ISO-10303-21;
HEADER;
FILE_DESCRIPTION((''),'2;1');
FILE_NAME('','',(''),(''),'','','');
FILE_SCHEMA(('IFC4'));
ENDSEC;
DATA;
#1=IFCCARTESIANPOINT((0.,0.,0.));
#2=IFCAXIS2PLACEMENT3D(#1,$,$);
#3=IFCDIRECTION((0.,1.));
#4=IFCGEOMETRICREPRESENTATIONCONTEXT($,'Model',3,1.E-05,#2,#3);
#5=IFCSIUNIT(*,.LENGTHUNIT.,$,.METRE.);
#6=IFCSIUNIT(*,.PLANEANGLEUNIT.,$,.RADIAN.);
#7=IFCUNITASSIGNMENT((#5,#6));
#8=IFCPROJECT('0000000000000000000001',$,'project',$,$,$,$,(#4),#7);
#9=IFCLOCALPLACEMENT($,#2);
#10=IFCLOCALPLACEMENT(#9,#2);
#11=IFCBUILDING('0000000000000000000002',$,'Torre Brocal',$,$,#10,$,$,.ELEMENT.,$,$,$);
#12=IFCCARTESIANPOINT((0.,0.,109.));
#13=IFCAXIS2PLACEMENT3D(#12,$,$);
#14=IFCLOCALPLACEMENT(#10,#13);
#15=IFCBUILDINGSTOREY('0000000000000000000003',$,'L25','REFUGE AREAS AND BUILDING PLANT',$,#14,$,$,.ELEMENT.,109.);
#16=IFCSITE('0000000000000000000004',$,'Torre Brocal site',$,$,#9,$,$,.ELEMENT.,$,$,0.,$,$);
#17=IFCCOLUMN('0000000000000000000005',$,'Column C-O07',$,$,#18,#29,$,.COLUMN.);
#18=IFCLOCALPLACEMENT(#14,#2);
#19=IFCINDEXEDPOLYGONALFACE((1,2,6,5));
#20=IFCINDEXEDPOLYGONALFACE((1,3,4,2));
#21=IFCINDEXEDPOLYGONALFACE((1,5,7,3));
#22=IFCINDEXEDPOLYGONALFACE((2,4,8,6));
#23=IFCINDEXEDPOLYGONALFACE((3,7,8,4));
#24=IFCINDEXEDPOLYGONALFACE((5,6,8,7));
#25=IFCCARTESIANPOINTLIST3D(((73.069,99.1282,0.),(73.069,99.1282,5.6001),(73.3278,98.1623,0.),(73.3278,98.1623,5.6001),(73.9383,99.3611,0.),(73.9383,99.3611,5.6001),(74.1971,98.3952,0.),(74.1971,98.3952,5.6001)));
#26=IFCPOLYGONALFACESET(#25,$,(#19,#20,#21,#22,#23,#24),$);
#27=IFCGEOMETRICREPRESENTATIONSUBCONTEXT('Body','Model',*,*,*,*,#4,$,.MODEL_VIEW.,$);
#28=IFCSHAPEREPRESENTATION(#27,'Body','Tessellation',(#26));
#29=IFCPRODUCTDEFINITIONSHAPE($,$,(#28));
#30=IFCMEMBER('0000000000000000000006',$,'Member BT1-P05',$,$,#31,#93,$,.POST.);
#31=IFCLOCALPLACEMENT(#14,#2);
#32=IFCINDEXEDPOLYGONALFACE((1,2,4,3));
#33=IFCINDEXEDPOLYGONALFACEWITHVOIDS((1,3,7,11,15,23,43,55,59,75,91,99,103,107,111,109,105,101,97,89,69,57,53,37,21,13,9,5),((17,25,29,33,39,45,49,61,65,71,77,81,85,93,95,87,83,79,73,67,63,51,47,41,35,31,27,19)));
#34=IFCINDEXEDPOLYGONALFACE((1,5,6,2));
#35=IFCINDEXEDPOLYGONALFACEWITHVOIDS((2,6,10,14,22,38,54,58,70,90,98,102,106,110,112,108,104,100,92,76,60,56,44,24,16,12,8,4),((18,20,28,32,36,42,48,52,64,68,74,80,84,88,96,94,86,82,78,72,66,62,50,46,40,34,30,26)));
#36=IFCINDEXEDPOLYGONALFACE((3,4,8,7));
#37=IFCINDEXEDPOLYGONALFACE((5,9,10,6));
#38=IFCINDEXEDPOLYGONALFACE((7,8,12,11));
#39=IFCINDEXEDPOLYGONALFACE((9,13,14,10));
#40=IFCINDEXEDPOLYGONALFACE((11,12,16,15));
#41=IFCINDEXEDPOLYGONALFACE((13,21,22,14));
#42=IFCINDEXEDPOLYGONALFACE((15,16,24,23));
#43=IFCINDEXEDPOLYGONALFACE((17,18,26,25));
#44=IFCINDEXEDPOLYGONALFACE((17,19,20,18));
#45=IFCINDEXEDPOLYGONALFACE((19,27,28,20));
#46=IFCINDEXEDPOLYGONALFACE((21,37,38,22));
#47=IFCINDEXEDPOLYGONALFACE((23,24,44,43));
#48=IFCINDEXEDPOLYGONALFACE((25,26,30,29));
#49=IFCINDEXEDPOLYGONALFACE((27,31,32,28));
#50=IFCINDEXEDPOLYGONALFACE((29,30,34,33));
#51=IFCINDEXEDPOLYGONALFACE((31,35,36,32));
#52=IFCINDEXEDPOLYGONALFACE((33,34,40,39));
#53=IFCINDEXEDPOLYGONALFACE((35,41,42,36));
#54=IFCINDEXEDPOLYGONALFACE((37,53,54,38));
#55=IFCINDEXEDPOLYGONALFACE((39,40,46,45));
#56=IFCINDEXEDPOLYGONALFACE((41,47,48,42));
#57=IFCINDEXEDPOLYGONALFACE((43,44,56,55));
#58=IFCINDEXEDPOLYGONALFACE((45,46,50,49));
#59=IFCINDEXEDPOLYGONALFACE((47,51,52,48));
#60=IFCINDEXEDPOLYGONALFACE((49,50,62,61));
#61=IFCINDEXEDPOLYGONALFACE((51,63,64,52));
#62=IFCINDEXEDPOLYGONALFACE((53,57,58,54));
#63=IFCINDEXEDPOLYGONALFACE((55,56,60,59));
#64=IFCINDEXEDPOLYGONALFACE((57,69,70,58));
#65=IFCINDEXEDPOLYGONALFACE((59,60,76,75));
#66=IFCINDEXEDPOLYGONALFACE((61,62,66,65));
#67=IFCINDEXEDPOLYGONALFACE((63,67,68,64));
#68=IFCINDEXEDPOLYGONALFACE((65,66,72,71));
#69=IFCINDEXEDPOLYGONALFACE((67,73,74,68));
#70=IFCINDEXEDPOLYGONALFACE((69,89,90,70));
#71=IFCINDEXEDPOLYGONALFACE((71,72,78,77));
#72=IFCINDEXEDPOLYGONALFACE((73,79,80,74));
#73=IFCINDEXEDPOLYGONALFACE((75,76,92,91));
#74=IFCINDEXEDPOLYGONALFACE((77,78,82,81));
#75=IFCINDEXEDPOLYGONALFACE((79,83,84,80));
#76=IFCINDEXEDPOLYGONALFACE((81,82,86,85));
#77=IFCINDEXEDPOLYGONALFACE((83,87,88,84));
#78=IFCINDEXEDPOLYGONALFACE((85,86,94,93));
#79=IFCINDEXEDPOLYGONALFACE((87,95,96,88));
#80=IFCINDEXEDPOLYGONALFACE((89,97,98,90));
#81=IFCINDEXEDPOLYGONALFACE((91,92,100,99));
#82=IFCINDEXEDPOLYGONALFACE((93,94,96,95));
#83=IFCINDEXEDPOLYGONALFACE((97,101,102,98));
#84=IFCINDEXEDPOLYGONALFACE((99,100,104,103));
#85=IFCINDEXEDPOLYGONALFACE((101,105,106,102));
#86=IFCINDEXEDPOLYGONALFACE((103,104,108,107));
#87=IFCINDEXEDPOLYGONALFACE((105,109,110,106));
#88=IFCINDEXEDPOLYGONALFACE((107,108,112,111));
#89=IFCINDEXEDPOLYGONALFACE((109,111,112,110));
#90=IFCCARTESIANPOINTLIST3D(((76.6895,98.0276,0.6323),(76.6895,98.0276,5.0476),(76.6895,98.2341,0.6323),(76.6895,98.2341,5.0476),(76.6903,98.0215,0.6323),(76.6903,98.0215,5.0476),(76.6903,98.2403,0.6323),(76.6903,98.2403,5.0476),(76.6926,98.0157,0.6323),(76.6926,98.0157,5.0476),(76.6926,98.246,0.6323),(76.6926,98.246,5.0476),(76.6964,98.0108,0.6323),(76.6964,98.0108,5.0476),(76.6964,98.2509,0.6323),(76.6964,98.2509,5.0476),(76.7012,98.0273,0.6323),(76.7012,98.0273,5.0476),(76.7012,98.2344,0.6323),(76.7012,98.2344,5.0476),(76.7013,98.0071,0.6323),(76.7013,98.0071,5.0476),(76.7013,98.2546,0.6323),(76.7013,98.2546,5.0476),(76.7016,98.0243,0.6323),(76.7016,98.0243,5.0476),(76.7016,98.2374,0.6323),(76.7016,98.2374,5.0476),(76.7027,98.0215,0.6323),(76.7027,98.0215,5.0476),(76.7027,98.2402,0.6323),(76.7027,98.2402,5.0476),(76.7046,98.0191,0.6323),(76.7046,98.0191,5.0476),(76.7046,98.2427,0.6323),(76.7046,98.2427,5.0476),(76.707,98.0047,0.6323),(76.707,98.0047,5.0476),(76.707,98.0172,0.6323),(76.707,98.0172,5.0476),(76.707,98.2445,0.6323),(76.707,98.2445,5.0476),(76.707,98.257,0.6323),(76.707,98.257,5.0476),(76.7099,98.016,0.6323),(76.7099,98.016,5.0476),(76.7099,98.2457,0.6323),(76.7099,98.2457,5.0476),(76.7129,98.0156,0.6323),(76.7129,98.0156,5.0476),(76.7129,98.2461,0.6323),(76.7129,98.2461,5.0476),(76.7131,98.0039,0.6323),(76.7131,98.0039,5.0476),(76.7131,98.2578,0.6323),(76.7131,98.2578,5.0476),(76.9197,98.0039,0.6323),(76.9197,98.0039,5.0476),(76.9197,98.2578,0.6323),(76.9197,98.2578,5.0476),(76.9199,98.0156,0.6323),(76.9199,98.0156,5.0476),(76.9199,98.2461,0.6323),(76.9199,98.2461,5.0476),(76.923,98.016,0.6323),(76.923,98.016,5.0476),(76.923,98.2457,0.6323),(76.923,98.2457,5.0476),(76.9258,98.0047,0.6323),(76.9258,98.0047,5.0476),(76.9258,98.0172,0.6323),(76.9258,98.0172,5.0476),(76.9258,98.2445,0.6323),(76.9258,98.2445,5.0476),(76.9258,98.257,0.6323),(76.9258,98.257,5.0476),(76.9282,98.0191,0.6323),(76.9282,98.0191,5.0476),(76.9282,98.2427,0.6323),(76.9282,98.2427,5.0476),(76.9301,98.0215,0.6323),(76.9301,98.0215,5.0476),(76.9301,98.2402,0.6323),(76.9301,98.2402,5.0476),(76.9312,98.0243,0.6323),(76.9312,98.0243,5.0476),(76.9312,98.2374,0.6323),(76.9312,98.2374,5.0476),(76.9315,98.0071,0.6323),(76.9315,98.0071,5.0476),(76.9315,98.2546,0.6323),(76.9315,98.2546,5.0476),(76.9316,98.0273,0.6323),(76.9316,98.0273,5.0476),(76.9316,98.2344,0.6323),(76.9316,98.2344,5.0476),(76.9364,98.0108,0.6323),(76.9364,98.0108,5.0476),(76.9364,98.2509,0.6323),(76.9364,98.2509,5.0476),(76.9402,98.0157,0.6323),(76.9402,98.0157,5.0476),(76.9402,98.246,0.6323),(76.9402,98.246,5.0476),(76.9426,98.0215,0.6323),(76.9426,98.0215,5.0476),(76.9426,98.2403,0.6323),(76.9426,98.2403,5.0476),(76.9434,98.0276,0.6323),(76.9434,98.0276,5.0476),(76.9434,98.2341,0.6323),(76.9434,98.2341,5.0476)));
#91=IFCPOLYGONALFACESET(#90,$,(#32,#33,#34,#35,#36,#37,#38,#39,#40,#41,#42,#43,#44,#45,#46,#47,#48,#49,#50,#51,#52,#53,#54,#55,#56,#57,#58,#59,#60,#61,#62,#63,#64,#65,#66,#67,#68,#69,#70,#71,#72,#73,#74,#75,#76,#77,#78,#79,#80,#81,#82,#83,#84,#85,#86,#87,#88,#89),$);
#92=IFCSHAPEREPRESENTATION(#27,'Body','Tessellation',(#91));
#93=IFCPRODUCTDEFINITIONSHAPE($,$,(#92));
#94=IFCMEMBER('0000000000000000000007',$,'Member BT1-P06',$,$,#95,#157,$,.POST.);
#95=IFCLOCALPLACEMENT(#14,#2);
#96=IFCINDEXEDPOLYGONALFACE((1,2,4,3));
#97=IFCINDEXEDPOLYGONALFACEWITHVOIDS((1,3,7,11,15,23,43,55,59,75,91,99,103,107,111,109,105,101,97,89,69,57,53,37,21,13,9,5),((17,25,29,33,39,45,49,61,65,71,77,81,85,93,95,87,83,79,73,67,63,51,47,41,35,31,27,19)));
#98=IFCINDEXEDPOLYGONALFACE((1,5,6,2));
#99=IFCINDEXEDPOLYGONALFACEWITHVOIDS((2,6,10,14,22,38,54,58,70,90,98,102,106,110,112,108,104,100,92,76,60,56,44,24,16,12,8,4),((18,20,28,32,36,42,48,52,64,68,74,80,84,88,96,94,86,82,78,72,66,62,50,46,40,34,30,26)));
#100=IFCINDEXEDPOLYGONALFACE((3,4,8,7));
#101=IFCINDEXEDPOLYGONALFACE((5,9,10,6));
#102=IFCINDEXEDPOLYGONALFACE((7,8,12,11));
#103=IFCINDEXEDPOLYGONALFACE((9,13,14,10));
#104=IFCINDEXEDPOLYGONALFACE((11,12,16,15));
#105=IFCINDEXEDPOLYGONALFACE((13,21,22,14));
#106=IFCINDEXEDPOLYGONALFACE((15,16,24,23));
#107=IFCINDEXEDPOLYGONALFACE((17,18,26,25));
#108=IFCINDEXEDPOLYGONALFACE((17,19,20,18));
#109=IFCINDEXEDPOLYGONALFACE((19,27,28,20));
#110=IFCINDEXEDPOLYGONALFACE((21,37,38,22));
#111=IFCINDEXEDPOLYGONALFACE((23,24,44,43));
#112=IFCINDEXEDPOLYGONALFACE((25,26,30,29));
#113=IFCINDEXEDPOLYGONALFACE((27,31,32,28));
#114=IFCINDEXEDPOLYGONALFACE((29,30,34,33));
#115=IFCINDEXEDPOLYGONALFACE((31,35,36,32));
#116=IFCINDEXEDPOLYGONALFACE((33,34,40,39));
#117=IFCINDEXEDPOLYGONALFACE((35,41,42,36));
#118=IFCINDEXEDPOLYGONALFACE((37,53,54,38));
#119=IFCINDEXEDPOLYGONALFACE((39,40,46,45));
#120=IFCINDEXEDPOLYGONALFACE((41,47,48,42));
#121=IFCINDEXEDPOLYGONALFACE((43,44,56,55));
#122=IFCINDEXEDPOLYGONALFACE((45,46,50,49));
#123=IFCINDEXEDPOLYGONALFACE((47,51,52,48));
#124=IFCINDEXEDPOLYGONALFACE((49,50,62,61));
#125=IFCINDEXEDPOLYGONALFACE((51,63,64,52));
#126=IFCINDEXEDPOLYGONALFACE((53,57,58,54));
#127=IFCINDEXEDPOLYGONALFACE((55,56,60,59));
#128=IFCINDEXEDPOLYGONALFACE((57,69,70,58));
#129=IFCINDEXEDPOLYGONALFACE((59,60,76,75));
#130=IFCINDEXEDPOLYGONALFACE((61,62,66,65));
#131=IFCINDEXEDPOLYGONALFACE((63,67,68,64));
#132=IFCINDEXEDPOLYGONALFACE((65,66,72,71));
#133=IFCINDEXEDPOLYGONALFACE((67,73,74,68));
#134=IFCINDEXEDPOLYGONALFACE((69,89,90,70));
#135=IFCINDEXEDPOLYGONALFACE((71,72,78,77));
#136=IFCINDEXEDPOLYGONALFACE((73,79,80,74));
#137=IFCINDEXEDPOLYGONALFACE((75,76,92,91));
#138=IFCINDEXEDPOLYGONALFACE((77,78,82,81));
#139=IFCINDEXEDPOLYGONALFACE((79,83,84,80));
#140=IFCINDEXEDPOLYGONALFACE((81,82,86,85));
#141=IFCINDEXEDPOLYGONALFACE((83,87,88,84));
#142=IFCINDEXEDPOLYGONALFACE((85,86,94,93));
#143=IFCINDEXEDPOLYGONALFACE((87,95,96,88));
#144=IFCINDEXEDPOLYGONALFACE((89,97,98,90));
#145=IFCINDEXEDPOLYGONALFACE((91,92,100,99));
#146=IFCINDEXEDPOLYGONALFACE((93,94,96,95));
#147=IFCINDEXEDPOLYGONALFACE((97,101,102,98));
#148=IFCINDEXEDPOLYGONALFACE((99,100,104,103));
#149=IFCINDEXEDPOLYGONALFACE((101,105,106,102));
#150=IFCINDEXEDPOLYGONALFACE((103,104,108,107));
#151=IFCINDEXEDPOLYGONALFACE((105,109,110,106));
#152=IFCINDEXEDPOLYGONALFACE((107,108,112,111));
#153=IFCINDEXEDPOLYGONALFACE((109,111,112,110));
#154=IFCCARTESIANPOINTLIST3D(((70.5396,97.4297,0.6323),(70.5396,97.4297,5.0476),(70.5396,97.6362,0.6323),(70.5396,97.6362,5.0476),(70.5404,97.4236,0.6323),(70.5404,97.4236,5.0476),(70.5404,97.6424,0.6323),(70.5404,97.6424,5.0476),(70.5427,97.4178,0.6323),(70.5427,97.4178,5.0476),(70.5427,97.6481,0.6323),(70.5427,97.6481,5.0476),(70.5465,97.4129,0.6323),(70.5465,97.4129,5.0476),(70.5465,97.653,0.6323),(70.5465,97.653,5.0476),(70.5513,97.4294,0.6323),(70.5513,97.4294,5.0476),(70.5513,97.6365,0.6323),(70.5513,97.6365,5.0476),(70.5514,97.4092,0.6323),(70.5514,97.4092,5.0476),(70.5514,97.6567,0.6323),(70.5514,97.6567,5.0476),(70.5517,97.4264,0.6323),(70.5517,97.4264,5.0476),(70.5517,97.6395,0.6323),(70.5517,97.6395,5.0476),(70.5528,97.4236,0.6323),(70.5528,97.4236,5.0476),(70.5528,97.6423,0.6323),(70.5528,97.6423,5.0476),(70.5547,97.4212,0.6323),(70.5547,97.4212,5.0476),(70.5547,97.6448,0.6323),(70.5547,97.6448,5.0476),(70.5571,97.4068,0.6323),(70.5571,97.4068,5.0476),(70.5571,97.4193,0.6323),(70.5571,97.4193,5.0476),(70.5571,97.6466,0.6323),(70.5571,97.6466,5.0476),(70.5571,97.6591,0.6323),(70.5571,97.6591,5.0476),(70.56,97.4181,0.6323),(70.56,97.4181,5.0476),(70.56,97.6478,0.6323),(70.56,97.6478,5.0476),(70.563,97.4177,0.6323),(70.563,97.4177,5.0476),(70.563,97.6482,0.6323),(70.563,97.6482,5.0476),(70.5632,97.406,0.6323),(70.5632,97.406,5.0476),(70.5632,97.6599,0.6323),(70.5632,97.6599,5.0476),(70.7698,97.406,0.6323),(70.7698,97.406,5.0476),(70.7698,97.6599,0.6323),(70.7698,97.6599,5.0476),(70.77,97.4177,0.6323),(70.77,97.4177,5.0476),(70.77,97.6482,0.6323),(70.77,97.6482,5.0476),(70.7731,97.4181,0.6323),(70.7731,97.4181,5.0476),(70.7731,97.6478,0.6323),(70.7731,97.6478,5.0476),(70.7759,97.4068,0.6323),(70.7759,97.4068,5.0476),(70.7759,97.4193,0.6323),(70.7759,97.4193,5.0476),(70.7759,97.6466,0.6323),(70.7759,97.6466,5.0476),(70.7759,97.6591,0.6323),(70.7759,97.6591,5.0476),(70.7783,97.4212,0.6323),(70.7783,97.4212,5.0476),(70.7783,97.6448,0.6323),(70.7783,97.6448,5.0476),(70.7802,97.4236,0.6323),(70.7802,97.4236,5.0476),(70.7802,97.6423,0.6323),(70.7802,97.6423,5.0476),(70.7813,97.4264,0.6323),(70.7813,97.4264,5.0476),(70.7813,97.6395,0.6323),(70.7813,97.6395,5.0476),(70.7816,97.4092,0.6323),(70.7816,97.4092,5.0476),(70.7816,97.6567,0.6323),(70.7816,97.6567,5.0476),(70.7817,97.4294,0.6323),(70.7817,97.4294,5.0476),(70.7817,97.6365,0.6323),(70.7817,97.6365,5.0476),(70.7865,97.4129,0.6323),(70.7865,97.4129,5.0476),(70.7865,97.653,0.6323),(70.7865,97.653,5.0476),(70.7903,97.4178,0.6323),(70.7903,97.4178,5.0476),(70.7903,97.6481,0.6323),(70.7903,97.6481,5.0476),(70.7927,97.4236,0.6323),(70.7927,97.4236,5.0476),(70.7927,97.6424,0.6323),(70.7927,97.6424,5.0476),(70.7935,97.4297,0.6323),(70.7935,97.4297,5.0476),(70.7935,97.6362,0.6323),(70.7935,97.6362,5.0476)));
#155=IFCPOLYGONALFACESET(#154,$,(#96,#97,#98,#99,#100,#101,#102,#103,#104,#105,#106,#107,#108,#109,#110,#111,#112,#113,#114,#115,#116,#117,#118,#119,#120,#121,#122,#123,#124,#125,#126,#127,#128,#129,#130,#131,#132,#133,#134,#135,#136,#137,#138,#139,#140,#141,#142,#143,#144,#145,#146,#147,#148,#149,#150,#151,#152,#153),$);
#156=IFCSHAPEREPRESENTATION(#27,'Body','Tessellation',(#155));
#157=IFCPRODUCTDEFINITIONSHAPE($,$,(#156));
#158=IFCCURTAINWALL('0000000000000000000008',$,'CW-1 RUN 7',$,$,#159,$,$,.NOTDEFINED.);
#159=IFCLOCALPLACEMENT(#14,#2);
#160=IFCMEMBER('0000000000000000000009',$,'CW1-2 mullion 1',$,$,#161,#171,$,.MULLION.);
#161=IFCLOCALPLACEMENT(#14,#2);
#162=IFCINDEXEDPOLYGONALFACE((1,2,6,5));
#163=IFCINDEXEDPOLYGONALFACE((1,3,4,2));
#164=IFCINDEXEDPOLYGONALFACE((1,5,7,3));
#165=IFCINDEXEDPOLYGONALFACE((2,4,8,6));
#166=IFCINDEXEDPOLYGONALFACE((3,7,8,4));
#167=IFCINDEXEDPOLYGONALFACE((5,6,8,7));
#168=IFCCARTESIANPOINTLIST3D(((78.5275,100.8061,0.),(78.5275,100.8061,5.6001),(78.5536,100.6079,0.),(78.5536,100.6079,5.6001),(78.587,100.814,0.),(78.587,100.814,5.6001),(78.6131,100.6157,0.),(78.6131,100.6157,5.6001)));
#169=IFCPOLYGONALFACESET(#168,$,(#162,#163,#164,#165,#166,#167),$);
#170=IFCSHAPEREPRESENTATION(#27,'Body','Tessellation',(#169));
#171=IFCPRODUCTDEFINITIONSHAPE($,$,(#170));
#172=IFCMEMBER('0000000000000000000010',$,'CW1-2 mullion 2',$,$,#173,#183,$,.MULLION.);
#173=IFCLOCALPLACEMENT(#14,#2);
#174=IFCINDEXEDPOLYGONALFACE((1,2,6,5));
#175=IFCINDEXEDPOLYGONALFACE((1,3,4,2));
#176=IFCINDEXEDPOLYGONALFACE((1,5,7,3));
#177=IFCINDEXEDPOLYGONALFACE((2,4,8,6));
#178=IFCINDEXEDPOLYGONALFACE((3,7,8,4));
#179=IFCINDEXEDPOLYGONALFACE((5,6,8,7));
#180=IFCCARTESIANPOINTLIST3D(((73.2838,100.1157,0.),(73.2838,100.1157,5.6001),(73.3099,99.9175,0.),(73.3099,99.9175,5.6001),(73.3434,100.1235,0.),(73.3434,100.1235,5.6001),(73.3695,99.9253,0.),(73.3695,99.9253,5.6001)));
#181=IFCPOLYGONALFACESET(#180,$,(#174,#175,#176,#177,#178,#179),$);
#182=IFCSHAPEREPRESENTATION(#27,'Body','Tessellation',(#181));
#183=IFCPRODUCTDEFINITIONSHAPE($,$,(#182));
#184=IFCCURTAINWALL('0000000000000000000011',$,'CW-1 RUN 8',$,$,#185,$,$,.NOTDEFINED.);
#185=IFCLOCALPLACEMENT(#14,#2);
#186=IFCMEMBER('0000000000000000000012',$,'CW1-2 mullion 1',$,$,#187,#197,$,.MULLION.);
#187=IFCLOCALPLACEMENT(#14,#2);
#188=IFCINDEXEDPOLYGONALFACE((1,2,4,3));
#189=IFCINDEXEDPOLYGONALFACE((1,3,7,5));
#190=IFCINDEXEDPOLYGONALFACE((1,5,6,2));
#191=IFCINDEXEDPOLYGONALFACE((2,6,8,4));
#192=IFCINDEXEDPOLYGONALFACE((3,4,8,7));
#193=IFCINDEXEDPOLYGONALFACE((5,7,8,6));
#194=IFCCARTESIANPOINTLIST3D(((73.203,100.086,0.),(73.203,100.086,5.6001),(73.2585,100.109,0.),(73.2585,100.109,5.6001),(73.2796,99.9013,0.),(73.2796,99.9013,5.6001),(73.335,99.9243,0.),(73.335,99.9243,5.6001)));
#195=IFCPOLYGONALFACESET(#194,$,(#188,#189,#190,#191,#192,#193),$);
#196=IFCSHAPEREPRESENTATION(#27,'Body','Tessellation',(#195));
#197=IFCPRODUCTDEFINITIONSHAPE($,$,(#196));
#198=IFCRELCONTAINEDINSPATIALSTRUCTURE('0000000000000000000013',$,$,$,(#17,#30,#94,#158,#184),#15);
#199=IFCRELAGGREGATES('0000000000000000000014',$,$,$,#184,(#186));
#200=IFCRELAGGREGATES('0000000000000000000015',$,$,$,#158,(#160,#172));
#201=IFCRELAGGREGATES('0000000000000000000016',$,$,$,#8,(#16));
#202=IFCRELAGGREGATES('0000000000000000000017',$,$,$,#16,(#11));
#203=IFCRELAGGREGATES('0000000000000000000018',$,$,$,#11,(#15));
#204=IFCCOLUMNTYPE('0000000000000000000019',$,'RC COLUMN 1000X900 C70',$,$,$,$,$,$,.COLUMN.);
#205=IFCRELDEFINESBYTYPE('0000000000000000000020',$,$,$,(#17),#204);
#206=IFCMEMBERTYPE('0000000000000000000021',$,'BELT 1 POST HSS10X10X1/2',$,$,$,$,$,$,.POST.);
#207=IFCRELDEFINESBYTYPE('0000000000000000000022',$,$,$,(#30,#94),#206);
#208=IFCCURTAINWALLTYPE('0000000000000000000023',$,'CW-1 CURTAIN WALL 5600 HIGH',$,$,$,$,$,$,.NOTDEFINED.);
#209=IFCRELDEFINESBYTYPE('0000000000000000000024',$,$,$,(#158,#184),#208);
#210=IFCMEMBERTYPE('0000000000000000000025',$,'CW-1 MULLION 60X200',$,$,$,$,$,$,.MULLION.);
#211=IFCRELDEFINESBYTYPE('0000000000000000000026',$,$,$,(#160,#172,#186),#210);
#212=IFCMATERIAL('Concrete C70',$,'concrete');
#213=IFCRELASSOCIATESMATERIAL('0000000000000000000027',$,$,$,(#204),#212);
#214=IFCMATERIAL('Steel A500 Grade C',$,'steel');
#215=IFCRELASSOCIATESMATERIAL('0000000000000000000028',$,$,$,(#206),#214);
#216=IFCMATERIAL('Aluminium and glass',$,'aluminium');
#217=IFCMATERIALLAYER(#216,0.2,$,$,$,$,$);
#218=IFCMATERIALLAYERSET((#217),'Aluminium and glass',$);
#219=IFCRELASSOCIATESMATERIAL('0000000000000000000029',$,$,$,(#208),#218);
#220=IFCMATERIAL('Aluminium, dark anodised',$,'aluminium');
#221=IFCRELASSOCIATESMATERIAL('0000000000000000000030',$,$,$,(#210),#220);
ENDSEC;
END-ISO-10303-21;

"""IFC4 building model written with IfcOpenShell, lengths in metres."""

from ifc_helpers import new_model, si_unit, direction, frame, origin, origin_2d, place, context, subcontext, project, spatial, rectangle, hollow_rectangle, extrude, material, layer, layer_set, material_profile, profile_set, type_object, element, aggregate, save


model = new_model("IFC4")

# Units and contexts
model_context = context("Model", 3, precision=1e-05, world=origin(), true_north=direction((0.0, 1.0)))
body_context = subcontext(model_context, "Body", "Model", "MODEL_VIEW")
ifc_project = project(units=[si_unit("LENGTHUNIT", "METRE"), si_unit("PLANEANGLEUNIT", "RADIAN")], contexts=[model_context])

# Site, building, storey
site_placement = place(None, origin())
site = spatial("IfcSite", under=ifc_project, at=site_placement, Name="Torre Brocal site", CompositionType="ELEMENT", RefElevation=0.0)
building_placement = place(site_placement, origin())
building = spatial("IfcBuilding", under=site, at=building_placement, Name="Torre Brocal", CompositionType="ELEMENT")
storey_placement = place(building_placement, frame((0.0, 0.0, 109.0)))
storey = spatial("IfcBuildingStorey", under=building, at=storey_placement, Name="L25", Description="REFUGE AREAS AND BUILDING PLANT", CompositionType="ELEMENT", Elevation=109.0)

# Column
ifc_material_1 = material(Name="Concrete C70", Category="concrete")
ifc_material_profile_1 = material_profile(ifc_material_1, rectangle(XDim=1.0, YDim=0.8999, at=origin_2d()), Name="RC 1000X900")
ifc_profile_set_1 = profile_set([ifc_material_profile_1], Name="Concrete C70")
column_type = type_object("IfcColumnType", Name="RC COLUMN 1000X900 C70", PredefinedType="COLUMN", material=ifc_profile_set_1)
column_placement = place(storey_placement, frame((73.6331, 98.7617, 0.0), z_axis=(0.0, 0.0, 1.0), x_axis=(-0.258819, 0.965926, 0.0)))
element("IfcColumn", 1, at=column_placement, inside=storey, type_object=column_type, Name="Column C-O07", PredefinedType="COLUMN", context=body_context, shape_type="SweptSolid", body=[
    extrude(rectangle(XDim=1.0, YDim=0.8999, at=origin_2d()), origin(), (0.0, 0.0, 1.0), 5.6001),
])

# Members
ifc_material_2 = material(Name="Steel A500 Grade C", Category="steel")
ifc_material_profile_2 = material_profile(ifc_material_2, hollow_rectangle(XDim=0.2539, YDim=0.2539, WallThickness=0.0117, InnerFilletRadius=0.0117, OuterFilletRadius=0.0237, at=origin_2d()), Name="HSS10X10X1/2")
ifc_profile_set_2 = profile_set([ifc_material_profile_2], Name="Steel A500 Grade C")
member_type_1 = type_object("IfcMemberType", Name="BELT 1 POST HSS10X10X1/2", PredefinedType="POST", material=ifc_profile_set_2)
for number, where, z_axis, x_axis, name in (
    (2, (76.8164, 98.1309, 0.6323), (0.0, 0.0, 1.0), (1.0, 0.0, 0.0), "Member BT1-P05"),
    (3, (70.6665, 97.533, 0.6323), (0.0, 0.0, 1.0), (1.0, 0.0, 0.0), "Member BT1-P06"),
):
    element("IfcMember", number, at=place(storey_placement, frame(where, z_axis=z_axis, x_axis=x_axis)), inside=storey, type_object=member_type_1, Name=name, PredefinedType="POST", context=body_context, shape_type="SweptSolid", body=[
        extrude(hollow_rectangle(XDim=0.2539, YDim=0.2539, WallThickness=0.0117, InnerFilletRadius=0.0117, OuterFilletRadius=0.0237, at=origin_2d()), origin(), (0.0, 0.0, 1.0), 4.4153),
    ])

# Curtain wall, members
ifc_material_3 = material(Name="Aluminium and glass", Category="aluminium")
ifc_layer_1 = layer(ifc_material_3, 0.2)
ifc_layer_set_1 = layer_set([ifc_layer_1], Name="Aluminium and glass")
curtain_wall_type = type_object("IfcCurtainWallType", Name="CW-1 CURTAIN WALL 5600 HIGH", PredefinedType="NOTDEFINED", material=ifc_layer_set_1)
curtain_wall_1_placement = place(storey_placement, origin())
curtain_wall_1 = element("IfcCurtainWall", 4, at=curtain_wall_1_placement, inside=storey, type_object=curtain_wall_type, Name="CW-1 RUN 7", PredefinedType="NOTDEFINED")
ifc_material_4 = material(Name="Aluminium, dark anodised", Category="aluminium")
ifc_material_profile_3 = material_profile(ifc_material_4, rectangle(XDim=0.2, YDim=0.0601, at=origin_2d()), Name="CW-1 MULLION 60X200")
ifc_profile_set_3 = profile_set([ifc_material_profile_3], Name="Aluminium, dark anodised")
member_type_2 = type_object("IfcMemberType", Name="CW-1 MULLION 60X200", PredefinedType="MULLION", material=ifc_profile_set_3)
member_1_placement = place(storey_placement, frame((78.5703, 100.7109, 0.0), z_axis=(0.0, 0.0, 1.0), x_axis=(0.130526, -0.991445, 0.0)))
member_1 = element("IfcMember", 5, at=member_1_placement, type_object=member_type_2, Name="CW1-2 mullion 1", PredefinedType="MULLION", context=body_context, shape_type="SweptSolid", body=[
    extrude(rectangle(XDim=0.2, YDim=0.0601, at=origin_2d()), origin(), (0.0, 0.0, 1.0), 5.6001),
])
member_2_placement = place(storey_placement, frame((73.3267, 100.0205, 0.0), z_axis=(0.0, 0.0, 1.0), x_axis=(0.130526, -0.991445, 0.0)))
member_2 = element("IfcMember", 6, at=member_2_placement, type_object=member_type_2, Name="CW1-2 mullion 2", PredefinedType="MULLION", context=body_context, shape_type="SweptSolid", body=[
    extrude(rectangle(XDim=0.2, YDim=0.0601, at=origin_2d()), origin(), (0.0, 0.0, 1.0), 5.6001),
])

# Curtain wall, member
curtain_wall_2_placement = place(storey_placement, origin())
curtain_wall_2 = element("IfcCurtainWall", 7, at=curtain_wall_2_placement, inside=storey, type_object=curtain_wall_type, Name="CW-1 RUN 8", PredefinedType="NOTDEFINED")
member_3_placement = place(storey_placement, frame((73.269, 100.0051, 0.0), z_axis=(0.0, 0.0, 1.0), x_axis=(0.382683, -0.92388, 0.0)))
member_3 = element("IfcMember", 8, at=member_3_placement, type_object=member_type_2, Name="CW1-2 mullion 1", PredefinedType="MULLION", context=body_context, shape_type="SweptSolid", body=[
    extrude(rectangle(XDim=0.2, YDim=0.0601, at=origin_2d()), origin(), (0.0, 0.0, 1.0), 5.6001),
])

aggregate(curtain_wall_2, [member_3])

aggregate(curtain_wall_1, [member_1, member_2])

save(model, "model.ifc")
